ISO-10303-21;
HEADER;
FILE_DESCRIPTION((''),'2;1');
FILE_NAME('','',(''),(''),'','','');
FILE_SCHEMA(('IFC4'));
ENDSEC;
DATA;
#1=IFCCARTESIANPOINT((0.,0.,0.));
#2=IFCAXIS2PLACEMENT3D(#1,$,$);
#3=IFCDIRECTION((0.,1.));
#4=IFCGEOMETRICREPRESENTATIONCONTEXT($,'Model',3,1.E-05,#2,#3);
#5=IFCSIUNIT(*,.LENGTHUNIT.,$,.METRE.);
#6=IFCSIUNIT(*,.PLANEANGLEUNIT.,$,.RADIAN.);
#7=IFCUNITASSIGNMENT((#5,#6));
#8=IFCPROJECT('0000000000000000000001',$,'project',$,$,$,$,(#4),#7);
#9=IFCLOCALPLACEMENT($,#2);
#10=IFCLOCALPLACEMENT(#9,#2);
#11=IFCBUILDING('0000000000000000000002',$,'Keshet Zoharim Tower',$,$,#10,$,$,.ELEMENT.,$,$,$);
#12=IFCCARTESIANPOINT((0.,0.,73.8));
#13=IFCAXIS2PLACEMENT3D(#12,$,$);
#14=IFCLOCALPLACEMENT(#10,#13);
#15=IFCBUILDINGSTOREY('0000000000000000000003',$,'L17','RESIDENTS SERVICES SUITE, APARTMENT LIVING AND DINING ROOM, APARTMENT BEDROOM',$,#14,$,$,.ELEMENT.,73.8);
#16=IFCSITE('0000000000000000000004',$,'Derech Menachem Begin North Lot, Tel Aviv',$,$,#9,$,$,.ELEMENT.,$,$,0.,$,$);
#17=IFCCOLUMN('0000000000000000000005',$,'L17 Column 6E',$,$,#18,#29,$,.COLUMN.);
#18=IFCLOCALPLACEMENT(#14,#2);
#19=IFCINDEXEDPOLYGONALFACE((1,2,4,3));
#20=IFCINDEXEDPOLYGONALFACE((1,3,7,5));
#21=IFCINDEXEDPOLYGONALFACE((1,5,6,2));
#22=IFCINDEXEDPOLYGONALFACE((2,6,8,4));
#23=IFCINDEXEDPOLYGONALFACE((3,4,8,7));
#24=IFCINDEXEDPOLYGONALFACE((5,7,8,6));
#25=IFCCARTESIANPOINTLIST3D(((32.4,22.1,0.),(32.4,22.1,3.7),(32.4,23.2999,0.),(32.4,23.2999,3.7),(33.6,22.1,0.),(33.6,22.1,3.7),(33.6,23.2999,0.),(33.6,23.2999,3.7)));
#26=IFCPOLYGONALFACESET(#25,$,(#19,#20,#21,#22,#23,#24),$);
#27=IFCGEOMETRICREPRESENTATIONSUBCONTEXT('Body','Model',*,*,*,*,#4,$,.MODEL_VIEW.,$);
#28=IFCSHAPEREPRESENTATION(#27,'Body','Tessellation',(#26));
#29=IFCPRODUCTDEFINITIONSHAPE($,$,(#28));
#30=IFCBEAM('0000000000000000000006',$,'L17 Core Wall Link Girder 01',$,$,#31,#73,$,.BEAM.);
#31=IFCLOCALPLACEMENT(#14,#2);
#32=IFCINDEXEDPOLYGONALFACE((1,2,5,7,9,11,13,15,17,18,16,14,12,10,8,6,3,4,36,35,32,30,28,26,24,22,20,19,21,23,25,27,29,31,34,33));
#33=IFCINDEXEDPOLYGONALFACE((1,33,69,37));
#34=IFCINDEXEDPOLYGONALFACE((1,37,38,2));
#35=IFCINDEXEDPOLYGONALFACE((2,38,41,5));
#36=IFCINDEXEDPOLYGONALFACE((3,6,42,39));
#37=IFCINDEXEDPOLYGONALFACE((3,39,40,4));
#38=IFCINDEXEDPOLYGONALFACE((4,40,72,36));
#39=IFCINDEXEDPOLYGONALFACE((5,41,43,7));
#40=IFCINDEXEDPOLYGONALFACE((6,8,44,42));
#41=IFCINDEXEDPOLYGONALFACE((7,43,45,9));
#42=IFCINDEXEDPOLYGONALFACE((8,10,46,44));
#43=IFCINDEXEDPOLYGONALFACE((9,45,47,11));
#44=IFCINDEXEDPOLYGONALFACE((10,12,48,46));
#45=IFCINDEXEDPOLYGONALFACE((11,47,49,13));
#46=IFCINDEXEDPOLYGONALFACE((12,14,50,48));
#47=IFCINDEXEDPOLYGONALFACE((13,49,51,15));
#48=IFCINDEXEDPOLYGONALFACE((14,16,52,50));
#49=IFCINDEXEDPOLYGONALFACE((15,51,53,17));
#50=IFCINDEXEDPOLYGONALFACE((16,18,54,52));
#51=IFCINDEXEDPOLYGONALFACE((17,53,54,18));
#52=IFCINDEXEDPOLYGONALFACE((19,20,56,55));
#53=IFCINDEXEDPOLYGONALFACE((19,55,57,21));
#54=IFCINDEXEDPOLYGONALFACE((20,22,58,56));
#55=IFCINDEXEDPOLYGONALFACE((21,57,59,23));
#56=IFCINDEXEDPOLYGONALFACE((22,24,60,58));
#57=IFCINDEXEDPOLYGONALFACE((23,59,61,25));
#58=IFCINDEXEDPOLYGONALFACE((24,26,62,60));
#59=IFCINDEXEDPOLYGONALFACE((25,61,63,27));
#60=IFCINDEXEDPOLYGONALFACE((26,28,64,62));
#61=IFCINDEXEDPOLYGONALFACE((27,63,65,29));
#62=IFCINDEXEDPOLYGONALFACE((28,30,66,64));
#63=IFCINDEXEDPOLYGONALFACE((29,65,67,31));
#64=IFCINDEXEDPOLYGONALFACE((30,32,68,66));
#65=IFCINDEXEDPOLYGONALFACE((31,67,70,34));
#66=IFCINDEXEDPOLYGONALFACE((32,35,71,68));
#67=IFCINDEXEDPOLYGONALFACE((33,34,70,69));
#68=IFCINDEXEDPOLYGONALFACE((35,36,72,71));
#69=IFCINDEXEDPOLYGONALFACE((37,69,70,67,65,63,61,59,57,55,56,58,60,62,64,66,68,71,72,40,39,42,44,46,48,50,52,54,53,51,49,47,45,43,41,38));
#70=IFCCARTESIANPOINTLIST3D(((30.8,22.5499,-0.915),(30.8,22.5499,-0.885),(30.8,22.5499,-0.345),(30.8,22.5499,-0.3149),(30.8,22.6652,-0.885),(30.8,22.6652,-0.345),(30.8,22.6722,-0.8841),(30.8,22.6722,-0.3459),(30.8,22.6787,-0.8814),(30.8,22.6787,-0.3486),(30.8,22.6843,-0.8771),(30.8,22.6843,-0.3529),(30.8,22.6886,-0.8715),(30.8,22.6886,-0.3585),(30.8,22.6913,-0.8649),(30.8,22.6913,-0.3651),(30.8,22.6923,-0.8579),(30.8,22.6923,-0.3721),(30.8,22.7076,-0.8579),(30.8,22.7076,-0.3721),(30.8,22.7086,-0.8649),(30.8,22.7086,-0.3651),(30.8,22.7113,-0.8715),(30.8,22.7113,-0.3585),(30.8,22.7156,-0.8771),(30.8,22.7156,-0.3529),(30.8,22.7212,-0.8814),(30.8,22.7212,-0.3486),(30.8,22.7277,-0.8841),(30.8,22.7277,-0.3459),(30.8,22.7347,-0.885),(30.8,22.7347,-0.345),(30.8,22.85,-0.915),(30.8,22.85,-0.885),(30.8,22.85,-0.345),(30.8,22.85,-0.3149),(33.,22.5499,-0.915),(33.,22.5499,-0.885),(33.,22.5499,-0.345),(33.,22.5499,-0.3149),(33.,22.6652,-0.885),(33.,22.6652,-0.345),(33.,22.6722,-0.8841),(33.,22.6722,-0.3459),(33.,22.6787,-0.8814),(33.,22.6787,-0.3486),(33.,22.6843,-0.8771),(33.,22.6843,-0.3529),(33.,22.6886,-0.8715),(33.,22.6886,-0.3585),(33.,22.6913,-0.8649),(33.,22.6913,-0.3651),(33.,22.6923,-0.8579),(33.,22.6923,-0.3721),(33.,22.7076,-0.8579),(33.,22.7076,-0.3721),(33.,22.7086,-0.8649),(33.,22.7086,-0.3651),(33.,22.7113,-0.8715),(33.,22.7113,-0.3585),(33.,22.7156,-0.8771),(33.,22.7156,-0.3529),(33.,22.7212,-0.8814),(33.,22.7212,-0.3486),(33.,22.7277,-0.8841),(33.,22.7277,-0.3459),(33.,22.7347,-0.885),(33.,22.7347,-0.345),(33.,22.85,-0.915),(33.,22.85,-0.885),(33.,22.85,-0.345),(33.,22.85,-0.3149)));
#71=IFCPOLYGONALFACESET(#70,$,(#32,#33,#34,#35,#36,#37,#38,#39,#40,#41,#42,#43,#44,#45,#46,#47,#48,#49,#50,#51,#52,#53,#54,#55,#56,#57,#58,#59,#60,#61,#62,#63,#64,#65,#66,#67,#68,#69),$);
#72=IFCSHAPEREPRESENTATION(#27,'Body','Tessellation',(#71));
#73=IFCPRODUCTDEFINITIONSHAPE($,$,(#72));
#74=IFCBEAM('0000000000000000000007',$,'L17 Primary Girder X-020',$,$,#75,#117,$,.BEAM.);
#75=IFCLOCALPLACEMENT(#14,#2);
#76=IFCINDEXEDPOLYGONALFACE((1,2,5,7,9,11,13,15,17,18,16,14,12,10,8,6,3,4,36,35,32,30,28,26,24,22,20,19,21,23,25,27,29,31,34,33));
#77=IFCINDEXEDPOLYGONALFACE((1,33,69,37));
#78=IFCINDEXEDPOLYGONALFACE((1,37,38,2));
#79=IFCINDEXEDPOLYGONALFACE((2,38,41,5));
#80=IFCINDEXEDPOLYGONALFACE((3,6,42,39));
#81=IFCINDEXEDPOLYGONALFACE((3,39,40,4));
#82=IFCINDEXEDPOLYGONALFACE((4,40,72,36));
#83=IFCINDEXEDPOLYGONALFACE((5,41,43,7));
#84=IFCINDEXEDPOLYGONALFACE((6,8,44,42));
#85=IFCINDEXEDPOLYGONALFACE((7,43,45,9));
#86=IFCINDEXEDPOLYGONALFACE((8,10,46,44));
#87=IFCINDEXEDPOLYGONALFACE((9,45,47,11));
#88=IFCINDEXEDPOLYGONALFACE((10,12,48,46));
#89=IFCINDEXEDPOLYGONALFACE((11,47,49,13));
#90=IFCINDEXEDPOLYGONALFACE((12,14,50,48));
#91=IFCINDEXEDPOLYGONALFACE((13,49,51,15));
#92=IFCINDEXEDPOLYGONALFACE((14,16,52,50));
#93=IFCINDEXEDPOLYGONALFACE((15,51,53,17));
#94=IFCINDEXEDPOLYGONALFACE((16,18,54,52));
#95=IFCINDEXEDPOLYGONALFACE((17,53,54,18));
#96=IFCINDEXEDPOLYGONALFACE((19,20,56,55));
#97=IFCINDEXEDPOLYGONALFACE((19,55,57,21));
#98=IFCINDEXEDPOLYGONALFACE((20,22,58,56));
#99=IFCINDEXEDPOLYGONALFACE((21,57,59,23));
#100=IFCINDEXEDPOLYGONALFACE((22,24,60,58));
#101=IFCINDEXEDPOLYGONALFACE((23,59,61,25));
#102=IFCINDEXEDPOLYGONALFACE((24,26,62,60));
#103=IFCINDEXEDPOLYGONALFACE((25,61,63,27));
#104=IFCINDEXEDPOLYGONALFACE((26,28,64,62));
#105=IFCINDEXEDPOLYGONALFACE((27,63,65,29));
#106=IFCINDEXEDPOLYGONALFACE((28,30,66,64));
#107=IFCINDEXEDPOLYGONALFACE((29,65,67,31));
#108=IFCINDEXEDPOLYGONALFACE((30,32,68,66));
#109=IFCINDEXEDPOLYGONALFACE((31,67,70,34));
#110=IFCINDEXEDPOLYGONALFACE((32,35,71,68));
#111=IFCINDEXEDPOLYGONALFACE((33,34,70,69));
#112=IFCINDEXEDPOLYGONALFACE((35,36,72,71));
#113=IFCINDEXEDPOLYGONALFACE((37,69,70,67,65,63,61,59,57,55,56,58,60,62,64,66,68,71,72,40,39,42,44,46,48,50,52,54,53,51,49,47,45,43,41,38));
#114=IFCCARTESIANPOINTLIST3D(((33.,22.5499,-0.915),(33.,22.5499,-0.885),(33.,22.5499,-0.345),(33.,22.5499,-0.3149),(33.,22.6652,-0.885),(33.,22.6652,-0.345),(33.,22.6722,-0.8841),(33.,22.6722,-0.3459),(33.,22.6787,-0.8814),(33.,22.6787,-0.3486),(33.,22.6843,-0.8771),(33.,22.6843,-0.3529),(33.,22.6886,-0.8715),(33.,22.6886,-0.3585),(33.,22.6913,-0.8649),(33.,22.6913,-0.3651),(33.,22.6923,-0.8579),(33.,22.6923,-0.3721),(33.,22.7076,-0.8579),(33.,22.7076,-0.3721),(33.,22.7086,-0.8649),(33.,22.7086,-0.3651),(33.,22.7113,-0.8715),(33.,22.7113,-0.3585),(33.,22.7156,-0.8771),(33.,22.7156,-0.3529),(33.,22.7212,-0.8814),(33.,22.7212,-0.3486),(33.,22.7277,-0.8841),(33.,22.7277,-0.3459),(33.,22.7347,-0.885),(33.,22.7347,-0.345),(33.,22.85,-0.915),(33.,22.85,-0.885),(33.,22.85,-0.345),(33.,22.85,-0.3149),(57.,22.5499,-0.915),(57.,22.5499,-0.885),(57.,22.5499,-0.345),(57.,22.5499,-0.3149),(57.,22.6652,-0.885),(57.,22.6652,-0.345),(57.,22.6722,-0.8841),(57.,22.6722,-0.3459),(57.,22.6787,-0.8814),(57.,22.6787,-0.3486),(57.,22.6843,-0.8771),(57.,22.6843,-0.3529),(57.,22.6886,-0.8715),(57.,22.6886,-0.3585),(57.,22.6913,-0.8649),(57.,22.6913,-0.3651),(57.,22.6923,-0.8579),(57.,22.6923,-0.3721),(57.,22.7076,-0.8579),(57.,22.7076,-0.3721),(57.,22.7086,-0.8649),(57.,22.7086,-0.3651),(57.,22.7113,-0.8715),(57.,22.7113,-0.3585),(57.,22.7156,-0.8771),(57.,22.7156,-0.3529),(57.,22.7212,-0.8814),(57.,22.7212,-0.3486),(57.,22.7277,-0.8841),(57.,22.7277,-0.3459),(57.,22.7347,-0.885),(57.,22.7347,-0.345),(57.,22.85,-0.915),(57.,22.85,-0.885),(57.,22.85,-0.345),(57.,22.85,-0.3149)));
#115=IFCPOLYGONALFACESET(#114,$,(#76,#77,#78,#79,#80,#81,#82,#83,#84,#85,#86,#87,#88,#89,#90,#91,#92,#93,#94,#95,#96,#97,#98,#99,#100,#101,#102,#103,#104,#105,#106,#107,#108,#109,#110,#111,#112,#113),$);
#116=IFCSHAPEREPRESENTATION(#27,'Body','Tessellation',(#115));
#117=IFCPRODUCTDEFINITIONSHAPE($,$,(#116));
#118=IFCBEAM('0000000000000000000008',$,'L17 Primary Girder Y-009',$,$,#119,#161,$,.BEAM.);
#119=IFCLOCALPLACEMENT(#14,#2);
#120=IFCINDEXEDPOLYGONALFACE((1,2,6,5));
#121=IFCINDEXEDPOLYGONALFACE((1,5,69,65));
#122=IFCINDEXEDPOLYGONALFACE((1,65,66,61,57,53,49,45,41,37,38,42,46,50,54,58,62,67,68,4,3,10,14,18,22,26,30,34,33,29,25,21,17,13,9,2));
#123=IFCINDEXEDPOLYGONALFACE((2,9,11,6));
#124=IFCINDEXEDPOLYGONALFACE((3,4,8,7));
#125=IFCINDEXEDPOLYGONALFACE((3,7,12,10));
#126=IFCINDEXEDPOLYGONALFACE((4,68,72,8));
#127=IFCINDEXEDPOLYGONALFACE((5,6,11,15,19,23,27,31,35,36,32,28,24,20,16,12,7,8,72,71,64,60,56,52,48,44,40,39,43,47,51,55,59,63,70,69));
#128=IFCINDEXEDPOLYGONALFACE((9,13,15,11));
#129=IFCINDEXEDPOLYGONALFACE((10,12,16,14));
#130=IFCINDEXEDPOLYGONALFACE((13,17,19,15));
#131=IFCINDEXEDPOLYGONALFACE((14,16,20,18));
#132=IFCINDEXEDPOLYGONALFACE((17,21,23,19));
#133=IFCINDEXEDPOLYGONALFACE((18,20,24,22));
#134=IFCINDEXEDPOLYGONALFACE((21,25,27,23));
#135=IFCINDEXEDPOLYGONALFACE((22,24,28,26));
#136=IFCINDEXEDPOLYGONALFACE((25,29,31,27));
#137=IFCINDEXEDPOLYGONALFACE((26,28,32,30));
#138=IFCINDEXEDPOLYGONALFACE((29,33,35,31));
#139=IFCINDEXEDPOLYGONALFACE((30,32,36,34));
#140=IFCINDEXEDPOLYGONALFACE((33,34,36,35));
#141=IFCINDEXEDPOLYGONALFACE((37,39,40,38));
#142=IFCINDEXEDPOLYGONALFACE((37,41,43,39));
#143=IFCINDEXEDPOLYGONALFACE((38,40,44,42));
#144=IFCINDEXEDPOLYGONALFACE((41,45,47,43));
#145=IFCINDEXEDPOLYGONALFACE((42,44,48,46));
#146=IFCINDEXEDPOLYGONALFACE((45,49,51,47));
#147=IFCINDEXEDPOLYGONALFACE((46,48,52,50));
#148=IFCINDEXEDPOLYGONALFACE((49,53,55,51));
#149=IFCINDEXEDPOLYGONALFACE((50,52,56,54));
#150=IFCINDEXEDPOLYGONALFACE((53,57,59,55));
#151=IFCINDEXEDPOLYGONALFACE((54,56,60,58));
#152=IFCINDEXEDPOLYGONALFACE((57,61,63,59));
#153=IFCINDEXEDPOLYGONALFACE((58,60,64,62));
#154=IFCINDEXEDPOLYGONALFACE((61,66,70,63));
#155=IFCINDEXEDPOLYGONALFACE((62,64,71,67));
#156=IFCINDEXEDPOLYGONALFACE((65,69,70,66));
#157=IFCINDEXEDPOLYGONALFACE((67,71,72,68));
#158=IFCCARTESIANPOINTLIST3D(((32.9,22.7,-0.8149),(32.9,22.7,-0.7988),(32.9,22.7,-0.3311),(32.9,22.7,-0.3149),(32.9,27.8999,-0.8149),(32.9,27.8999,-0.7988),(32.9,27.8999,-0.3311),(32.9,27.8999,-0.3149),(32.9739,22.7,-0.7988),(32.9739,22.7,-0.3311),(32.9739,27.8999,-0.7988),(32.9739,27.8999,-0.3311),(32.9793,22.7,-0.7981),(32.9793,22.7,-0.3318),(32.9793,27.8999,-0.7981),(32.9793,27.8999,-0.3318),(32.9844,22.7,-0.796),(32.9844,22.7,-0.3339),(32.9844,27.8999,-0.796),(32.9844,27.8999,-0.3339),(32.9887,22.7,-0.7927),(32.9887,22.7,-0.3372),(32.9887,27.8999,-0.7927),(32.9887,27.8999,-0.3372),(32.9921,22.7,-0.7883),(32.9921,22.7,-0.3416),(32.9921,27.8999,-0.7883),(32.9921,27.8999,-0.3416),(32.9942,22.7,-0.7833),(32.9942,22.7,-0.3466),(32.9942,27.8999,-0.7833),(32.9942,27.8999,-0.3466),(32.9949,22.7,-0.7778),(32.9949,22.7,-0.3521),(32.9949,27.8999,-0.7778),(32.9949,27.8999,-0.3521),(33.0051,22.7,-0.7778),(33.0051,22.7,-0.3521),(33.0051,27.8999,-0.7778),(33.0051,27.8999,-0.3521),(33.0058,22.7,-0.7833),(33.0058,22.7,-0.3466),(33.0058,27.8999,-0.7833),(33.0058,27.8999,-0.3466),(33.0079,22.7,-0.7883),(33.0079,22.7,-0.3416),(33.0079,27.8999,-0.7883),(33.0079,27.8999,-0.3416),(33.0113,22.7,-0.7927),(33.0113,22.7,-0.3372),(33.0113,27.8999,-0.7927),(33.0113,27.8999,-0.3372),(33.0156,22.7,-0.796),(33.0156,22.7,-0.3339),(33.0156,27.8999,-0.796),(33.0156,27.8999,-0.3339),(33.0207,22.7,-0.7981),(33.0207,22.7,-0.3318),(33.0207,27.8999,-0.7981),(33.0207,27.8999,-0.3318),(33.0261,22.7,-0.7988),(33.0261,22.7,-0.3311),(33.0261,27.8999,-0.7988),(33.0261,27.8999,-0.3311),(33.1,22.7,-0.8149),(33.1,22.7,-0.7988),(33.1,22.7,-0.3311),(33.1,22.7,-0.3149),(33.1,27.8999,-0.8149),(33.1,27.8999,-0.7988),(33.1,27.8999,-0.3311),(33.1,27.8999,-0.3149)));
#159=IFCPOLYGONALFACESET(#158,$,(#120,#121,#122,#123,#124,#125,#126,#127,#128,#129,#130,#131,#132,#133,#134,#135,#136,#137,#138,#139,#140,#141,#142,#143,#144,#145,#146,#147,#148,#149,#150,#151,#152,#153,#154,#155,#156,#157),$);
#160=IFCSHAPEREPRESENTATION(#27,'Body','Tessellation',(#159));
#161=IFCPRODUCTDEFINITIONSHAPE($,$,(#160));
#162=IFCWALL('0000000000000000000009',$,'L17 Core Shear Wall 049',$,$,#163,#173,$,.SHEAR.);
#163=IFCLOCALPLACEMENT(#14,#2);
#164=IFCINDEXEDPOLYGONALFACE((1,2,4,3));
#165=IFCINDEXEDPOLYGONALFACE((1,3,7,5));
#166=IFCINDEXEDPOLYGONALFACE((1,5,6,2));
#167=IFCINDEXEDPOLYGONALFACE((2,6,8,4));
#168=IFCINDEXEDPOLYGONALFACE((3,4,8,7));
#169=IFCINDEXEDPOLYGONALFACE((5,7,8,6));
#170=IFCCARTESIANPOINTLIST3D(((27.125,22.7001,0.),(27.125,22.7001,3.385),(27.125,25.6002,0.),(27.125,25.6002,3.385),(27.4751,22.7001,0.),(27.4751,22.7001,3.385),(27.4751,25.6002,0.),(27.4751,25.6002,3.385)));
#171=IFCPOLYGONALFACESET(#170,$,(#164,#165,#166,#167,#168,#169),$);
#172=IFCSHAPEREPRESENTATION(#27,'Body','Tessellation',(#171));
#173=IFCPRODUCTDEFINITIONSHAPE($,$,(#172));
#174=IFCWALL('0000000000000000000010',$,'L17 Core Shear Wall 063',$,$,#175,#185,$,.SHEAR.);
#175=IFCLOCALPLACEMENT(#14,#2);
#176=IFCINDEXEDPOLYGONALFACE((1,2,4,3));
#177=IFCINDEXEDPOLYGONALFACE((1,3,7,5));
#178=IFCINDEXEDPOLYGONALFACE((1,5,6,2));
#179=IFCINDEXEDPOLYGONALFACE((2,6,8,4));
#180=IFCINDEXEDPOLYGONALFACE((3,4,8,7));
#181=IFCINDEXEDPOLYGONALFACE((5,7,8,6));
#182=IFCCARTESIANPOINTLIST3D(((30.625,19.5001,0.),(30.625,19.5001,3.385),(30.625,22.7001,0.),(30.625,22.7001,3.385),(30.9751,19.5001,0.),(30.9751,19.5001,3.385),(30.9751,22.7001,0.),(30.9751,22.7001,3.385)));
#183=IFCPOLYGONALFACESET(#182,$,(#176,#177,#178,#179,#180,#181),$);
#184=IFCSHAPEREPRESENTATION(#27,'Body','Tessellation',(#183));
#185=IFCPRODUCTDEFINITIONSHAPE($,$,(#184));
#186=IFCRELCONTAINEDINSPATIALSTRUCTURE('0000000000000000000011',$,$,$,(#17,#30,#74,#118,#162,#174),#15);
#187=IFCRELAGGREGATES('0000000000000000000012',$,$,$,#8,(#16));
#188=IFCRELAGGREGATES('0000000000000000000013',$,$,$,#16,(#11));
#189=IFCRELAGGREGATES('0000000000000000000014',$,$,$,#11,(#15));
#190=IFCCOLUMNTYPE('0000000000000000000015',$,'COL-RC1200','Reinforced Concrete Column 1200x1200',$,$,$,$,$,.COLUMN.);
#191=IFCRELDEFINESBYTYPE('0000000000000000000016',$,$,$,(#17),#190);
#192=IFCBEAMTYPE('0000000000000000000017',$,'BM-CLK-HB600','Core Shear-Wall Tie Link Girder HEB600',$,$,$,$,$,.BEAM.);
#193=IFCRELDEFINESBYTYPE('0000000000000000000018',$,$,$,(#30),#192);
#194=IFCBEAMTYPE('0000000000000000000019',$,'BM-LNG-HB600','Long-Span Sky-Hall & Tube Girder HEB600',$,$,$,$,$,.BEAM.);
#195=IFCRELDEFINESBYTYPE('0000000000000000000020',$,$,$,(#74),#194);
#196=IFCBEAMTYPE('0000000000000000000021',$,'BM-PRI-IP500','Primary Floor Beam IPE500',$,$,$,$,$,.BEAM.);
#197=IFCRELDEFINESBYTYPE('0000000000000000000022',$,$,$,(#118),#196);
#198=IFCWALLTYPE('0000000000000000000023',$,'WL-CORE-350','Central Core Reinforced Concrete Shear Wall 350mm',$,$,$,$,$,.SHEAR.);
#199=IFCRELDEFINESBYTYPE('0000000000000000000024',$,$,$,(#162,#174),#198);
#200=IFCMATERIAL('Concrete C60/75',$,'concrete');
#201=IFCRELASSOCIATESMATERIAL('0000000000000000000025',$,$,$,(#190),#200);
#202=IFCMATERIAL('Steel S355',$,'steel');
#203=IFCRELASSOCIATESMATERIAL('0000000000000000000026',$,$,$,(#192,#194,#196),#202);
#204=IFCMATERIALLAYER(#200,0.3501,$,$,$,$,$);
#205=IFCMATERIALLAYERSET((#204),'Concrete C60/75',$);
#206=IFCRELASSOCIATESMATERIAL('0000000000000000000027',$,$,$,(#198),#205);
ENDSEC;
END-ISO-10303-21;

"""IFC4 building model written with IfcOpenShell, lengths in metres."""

from ifc_helpers import new_model, si_unit, direction, frame, frame_2d, origin, origin_2d, place, context, subcontext, project, spatial, rectangle, i_section, extrude, material, layer, layer_set, material_profile, profile_set, type_object, element, save


model = new_model("IFC4")

# Units and contexts
model_context = context("Model", 3, precision=1e-05, world=origin(), true_north=direction((0.0, 1.0)))
body_context = subcontext(model_context, "Body", "Model", "MODEL_VIEW")
ifc_project = project(units=[si_unit("LENGTHUNIT", "METRE"), si_unit("PLANEANGLEUNIT", "RADIAN")], contexts=[model_context])

# Site, building, storey
site_placement = place(None, origin())
site = spatial("IfcSite", under=ifc_project, at=site_placement, Name="Derech Menachem Begin North Lot, Tel Aviv", CompositionType="ELEMENT", RefElevation=0.0)
building_placement = place(site_placement, origin())
building = spatial("IfcBuilding", under=site, at=building_placement, Name="Keshet Zoharim Tower", CompositionType="ELEMENT")
storey_placement = place(building_placement, frame((0.0, 0.0, 73.8)))
storey = spatial("IfcBuildingStorey", under=building, at=storey_placement, Name="L17", Description="RESIDENTS SERVICES SUITE, APARTMENT LIVING AND DINING ROOM, APARTMENT BEDROOM", CompositionType="ELEMENT", Elevation=73.8)

# Column
ifc_material_1 = material(Name="Concrete C60/75", Category="concrete")
ifc_material_profile_1 = material_profile(ifc_material_1, rectangle(XDim=1.2, YDim=1.2, at=origin_2d()), Name="RC1200x1200")
ifc_profile_set_1 = profile_set([ifc_material_profile_1], Name="Concrete C60/75")
column_type = type_object("IfcColumnType", Name="COL-RC1200", Description="Reinforced Concrete Column 1200x1200", PredefinedType="COLUMN", material=ifc_profile_set_1)
column_placement = place(storey_placement, frame((33.0, 22.7, 0.0), z_axis=(0.0, 0.0, 1.0), x_axis=(1.0, 0.0, 0.0)))
element("IfcColumn", 1, at=column_placement, inside=storey, type_object=column_type, Name="L17 Column 6E", PredefinedType="COLUMN", context=body_context, shape_type="SweptSolid", body=[
    extrude(rectangle(XDim=1.2, YDim=1.2, at=origin_2d()), origin(), (0.0, 0.0, 1.0), 3.7),
])

# Beams
ifc_material_2 = material(Name="Steel S355", Category="steel")
ifc_material_profile_2 = material_profile(ifc_material_2, i_section(OverallWidth=0.3, OverallDepth=0.6001, WebThickness=0.0154, FlangeThickness=0.03, FilletRadius=0.0271, at=origin_2d()), Name="HEB600")
ifc_profile_set_2 = profile_set([ifc_material_profile_2], Name="Steel S355")
beam_type_1 = type_object("IfcBeamType", Name="BM-CLK-HB600", Description="Core Shear-Wall Tie Link Girder HEB600", PredefinedType="BEAM", material=ifc_profile_set_2)
beam_1_placement = place(storey_placement, frame((30.8, 22.7, -0.615), z_axis=(1.0, 0.0, 0.0), x_axis=(0.0, 1.0, 0.0)))
element("IfcBeam", 2, at=beam_1_placement, inside=storey, type_object=beam_type_1, Name="L17 Core Wall Link Girder 01", PredefinedType="BEAM", context=body_context, shape_type="SweptSolid", body=[
    extrude(i_section(OverallWidth=0.3, OverallDepth=0.6001, WebThickness=0.0154, FlangeThickness=0.03, FilletRadius=0.0271, at=origin_2d()), origin(), (0.0, 0.0, 1.0), 2.2),
])
ifc_material_profile_3 = material_profile(ifc_material_2, i_section(OverallWidth=0.3, OverallDepth=0.6001, WebThickness=0.0154, FlangeThickness=0.03, FilletRadius=0.0271, at=origin_2d()), Name="HEB600")
ifc_profile_set_3 = profile_set([ifc_material_profile_3], Name="Steel S355")
beam_type_2 = type_object("IfcBeamType", Name="BM-LNG-HB600", Description="Long-Span Sky-Hall & Tube Girder HEB600", PredefinedType="BEAM", material=ifc_profile_set_3)
beam_2_placement = place(storey_placement, frame((33.0, 22.7, -0.615), z_axis=(1.0, 0.0, 0.0), x_axis=(0.0, 1.0, 0.0)))
element("IfcBeam", 3, at=beam_2_placement, inside=storey, type_object=beam_type_2, Name="L17 Primary Girder X-020", PredefinedType="BEAM", context=body_context, shape_type="SweptSolid", body=[
    extrude(i_section(OverallWidth=0.3, OverallDepth=0.6001, WebThickness=0.0154, FlangeThickness=0.03, FilletRadius=0.0271, at=origin_2d()), origin(), (0.0, 0.0, 1.0), 24.0),
])
ifc_material_profile_4 = material_profile(ifc_material_2, i_section(OverallWidth=0.2, OverallDepth=0.5, WebThickness=0.0103, FlangeThickness=0.0161, FilletRadius=0.021, at=origin_2d()), Name="IPE500")
ifc_profile_set_4 = profile_set([ifc_material_profile_4], Name="Steel S355")
beam_type_3 = type_object("IfcBeamType", Name="BM-PRI-IP500", Description="Primary Floor Beam IPE500", PredefinedType="BEAM", material=ifc_profile_set_4)
beam_3_placement = place(storey_placement, frame((33.0, 22.7, -0.5649), z_axis=(0.0, 1.0, 0.0), x_axis=(-1.0, 0.0, 0.0)))
element("IfcBeam", 4, at=beam_3_placement, inside=storey, type_object=beam_type_3, Name="L17 Primary Girder Y-009", PredefinedType="BEAM", context=body_context, shape_type="SweptSolid", body=[
    extrude(i_section(OverallWidth=0.2, OverallDepth=0.5, WebThickness=0.0103, FlangeThickness=0.0161, FilletRadius=0.021, at=origin_2d()), origin(), (0.0, 0.0, 1.0), 5.2),
])

# Shared definitions
ifc_layer_1 = layer(ifc_material_1, 0.3501)
ifc_layer_set_1 = layer_set([ifc_layer_1], Name="Concrete C60/75")
wall_type_1 = type_object("IfcWallType", Name="WL-CORE-350", Description="Central Core Reinforced Concrete Shear Wall 350mm", PredefinedType="SHEAR", material=ifc_layer_set_1)

# Walls
wall_1_placement = place(storey_placement, frame((27.3, 22.7, 0.0), z_axis=(0.0, 0.0, 1.0), x_axis=(0.0, 1.0, 0.0)))
element("IfcWall", 5, at=wall_1_placement, inside=storey, type_object=wall_type_1, Name="L17 Core Shear Wall 049", PredefinedType="SHEAR", context=body_context, shape_type="SweptSolid", body=[
    extrude(rectangle(XDim=2.9001, YDim=0.3501, at=frame_2d((1.4502, 0.0))), origin(), (0.0, 0.0, 1.0), 3.385),
])
wall_2_placement = place(storey_placement, frame((30.8, 19.5, 0.0), z_axis=(0.0, 0.0, 1.0), x_axis=(0.0, 1.0, 0.0)))
element("IfcWall", 6, at=wall_2_placement, inside=storey, type_object=wall_type_1, Name="L17 Core Shear Wall 063", PredefinedType="SHEAR", context=body_context, shape_type="SweptSolid", body=[
    extrude(rectangle(XDim=3.2, YDim=0.3501, at=frame_2d((1.6001, 0.0))), origin(), (0.0, 0.0, 1.0), 3.385),
])

save(model, "model.ifc")
